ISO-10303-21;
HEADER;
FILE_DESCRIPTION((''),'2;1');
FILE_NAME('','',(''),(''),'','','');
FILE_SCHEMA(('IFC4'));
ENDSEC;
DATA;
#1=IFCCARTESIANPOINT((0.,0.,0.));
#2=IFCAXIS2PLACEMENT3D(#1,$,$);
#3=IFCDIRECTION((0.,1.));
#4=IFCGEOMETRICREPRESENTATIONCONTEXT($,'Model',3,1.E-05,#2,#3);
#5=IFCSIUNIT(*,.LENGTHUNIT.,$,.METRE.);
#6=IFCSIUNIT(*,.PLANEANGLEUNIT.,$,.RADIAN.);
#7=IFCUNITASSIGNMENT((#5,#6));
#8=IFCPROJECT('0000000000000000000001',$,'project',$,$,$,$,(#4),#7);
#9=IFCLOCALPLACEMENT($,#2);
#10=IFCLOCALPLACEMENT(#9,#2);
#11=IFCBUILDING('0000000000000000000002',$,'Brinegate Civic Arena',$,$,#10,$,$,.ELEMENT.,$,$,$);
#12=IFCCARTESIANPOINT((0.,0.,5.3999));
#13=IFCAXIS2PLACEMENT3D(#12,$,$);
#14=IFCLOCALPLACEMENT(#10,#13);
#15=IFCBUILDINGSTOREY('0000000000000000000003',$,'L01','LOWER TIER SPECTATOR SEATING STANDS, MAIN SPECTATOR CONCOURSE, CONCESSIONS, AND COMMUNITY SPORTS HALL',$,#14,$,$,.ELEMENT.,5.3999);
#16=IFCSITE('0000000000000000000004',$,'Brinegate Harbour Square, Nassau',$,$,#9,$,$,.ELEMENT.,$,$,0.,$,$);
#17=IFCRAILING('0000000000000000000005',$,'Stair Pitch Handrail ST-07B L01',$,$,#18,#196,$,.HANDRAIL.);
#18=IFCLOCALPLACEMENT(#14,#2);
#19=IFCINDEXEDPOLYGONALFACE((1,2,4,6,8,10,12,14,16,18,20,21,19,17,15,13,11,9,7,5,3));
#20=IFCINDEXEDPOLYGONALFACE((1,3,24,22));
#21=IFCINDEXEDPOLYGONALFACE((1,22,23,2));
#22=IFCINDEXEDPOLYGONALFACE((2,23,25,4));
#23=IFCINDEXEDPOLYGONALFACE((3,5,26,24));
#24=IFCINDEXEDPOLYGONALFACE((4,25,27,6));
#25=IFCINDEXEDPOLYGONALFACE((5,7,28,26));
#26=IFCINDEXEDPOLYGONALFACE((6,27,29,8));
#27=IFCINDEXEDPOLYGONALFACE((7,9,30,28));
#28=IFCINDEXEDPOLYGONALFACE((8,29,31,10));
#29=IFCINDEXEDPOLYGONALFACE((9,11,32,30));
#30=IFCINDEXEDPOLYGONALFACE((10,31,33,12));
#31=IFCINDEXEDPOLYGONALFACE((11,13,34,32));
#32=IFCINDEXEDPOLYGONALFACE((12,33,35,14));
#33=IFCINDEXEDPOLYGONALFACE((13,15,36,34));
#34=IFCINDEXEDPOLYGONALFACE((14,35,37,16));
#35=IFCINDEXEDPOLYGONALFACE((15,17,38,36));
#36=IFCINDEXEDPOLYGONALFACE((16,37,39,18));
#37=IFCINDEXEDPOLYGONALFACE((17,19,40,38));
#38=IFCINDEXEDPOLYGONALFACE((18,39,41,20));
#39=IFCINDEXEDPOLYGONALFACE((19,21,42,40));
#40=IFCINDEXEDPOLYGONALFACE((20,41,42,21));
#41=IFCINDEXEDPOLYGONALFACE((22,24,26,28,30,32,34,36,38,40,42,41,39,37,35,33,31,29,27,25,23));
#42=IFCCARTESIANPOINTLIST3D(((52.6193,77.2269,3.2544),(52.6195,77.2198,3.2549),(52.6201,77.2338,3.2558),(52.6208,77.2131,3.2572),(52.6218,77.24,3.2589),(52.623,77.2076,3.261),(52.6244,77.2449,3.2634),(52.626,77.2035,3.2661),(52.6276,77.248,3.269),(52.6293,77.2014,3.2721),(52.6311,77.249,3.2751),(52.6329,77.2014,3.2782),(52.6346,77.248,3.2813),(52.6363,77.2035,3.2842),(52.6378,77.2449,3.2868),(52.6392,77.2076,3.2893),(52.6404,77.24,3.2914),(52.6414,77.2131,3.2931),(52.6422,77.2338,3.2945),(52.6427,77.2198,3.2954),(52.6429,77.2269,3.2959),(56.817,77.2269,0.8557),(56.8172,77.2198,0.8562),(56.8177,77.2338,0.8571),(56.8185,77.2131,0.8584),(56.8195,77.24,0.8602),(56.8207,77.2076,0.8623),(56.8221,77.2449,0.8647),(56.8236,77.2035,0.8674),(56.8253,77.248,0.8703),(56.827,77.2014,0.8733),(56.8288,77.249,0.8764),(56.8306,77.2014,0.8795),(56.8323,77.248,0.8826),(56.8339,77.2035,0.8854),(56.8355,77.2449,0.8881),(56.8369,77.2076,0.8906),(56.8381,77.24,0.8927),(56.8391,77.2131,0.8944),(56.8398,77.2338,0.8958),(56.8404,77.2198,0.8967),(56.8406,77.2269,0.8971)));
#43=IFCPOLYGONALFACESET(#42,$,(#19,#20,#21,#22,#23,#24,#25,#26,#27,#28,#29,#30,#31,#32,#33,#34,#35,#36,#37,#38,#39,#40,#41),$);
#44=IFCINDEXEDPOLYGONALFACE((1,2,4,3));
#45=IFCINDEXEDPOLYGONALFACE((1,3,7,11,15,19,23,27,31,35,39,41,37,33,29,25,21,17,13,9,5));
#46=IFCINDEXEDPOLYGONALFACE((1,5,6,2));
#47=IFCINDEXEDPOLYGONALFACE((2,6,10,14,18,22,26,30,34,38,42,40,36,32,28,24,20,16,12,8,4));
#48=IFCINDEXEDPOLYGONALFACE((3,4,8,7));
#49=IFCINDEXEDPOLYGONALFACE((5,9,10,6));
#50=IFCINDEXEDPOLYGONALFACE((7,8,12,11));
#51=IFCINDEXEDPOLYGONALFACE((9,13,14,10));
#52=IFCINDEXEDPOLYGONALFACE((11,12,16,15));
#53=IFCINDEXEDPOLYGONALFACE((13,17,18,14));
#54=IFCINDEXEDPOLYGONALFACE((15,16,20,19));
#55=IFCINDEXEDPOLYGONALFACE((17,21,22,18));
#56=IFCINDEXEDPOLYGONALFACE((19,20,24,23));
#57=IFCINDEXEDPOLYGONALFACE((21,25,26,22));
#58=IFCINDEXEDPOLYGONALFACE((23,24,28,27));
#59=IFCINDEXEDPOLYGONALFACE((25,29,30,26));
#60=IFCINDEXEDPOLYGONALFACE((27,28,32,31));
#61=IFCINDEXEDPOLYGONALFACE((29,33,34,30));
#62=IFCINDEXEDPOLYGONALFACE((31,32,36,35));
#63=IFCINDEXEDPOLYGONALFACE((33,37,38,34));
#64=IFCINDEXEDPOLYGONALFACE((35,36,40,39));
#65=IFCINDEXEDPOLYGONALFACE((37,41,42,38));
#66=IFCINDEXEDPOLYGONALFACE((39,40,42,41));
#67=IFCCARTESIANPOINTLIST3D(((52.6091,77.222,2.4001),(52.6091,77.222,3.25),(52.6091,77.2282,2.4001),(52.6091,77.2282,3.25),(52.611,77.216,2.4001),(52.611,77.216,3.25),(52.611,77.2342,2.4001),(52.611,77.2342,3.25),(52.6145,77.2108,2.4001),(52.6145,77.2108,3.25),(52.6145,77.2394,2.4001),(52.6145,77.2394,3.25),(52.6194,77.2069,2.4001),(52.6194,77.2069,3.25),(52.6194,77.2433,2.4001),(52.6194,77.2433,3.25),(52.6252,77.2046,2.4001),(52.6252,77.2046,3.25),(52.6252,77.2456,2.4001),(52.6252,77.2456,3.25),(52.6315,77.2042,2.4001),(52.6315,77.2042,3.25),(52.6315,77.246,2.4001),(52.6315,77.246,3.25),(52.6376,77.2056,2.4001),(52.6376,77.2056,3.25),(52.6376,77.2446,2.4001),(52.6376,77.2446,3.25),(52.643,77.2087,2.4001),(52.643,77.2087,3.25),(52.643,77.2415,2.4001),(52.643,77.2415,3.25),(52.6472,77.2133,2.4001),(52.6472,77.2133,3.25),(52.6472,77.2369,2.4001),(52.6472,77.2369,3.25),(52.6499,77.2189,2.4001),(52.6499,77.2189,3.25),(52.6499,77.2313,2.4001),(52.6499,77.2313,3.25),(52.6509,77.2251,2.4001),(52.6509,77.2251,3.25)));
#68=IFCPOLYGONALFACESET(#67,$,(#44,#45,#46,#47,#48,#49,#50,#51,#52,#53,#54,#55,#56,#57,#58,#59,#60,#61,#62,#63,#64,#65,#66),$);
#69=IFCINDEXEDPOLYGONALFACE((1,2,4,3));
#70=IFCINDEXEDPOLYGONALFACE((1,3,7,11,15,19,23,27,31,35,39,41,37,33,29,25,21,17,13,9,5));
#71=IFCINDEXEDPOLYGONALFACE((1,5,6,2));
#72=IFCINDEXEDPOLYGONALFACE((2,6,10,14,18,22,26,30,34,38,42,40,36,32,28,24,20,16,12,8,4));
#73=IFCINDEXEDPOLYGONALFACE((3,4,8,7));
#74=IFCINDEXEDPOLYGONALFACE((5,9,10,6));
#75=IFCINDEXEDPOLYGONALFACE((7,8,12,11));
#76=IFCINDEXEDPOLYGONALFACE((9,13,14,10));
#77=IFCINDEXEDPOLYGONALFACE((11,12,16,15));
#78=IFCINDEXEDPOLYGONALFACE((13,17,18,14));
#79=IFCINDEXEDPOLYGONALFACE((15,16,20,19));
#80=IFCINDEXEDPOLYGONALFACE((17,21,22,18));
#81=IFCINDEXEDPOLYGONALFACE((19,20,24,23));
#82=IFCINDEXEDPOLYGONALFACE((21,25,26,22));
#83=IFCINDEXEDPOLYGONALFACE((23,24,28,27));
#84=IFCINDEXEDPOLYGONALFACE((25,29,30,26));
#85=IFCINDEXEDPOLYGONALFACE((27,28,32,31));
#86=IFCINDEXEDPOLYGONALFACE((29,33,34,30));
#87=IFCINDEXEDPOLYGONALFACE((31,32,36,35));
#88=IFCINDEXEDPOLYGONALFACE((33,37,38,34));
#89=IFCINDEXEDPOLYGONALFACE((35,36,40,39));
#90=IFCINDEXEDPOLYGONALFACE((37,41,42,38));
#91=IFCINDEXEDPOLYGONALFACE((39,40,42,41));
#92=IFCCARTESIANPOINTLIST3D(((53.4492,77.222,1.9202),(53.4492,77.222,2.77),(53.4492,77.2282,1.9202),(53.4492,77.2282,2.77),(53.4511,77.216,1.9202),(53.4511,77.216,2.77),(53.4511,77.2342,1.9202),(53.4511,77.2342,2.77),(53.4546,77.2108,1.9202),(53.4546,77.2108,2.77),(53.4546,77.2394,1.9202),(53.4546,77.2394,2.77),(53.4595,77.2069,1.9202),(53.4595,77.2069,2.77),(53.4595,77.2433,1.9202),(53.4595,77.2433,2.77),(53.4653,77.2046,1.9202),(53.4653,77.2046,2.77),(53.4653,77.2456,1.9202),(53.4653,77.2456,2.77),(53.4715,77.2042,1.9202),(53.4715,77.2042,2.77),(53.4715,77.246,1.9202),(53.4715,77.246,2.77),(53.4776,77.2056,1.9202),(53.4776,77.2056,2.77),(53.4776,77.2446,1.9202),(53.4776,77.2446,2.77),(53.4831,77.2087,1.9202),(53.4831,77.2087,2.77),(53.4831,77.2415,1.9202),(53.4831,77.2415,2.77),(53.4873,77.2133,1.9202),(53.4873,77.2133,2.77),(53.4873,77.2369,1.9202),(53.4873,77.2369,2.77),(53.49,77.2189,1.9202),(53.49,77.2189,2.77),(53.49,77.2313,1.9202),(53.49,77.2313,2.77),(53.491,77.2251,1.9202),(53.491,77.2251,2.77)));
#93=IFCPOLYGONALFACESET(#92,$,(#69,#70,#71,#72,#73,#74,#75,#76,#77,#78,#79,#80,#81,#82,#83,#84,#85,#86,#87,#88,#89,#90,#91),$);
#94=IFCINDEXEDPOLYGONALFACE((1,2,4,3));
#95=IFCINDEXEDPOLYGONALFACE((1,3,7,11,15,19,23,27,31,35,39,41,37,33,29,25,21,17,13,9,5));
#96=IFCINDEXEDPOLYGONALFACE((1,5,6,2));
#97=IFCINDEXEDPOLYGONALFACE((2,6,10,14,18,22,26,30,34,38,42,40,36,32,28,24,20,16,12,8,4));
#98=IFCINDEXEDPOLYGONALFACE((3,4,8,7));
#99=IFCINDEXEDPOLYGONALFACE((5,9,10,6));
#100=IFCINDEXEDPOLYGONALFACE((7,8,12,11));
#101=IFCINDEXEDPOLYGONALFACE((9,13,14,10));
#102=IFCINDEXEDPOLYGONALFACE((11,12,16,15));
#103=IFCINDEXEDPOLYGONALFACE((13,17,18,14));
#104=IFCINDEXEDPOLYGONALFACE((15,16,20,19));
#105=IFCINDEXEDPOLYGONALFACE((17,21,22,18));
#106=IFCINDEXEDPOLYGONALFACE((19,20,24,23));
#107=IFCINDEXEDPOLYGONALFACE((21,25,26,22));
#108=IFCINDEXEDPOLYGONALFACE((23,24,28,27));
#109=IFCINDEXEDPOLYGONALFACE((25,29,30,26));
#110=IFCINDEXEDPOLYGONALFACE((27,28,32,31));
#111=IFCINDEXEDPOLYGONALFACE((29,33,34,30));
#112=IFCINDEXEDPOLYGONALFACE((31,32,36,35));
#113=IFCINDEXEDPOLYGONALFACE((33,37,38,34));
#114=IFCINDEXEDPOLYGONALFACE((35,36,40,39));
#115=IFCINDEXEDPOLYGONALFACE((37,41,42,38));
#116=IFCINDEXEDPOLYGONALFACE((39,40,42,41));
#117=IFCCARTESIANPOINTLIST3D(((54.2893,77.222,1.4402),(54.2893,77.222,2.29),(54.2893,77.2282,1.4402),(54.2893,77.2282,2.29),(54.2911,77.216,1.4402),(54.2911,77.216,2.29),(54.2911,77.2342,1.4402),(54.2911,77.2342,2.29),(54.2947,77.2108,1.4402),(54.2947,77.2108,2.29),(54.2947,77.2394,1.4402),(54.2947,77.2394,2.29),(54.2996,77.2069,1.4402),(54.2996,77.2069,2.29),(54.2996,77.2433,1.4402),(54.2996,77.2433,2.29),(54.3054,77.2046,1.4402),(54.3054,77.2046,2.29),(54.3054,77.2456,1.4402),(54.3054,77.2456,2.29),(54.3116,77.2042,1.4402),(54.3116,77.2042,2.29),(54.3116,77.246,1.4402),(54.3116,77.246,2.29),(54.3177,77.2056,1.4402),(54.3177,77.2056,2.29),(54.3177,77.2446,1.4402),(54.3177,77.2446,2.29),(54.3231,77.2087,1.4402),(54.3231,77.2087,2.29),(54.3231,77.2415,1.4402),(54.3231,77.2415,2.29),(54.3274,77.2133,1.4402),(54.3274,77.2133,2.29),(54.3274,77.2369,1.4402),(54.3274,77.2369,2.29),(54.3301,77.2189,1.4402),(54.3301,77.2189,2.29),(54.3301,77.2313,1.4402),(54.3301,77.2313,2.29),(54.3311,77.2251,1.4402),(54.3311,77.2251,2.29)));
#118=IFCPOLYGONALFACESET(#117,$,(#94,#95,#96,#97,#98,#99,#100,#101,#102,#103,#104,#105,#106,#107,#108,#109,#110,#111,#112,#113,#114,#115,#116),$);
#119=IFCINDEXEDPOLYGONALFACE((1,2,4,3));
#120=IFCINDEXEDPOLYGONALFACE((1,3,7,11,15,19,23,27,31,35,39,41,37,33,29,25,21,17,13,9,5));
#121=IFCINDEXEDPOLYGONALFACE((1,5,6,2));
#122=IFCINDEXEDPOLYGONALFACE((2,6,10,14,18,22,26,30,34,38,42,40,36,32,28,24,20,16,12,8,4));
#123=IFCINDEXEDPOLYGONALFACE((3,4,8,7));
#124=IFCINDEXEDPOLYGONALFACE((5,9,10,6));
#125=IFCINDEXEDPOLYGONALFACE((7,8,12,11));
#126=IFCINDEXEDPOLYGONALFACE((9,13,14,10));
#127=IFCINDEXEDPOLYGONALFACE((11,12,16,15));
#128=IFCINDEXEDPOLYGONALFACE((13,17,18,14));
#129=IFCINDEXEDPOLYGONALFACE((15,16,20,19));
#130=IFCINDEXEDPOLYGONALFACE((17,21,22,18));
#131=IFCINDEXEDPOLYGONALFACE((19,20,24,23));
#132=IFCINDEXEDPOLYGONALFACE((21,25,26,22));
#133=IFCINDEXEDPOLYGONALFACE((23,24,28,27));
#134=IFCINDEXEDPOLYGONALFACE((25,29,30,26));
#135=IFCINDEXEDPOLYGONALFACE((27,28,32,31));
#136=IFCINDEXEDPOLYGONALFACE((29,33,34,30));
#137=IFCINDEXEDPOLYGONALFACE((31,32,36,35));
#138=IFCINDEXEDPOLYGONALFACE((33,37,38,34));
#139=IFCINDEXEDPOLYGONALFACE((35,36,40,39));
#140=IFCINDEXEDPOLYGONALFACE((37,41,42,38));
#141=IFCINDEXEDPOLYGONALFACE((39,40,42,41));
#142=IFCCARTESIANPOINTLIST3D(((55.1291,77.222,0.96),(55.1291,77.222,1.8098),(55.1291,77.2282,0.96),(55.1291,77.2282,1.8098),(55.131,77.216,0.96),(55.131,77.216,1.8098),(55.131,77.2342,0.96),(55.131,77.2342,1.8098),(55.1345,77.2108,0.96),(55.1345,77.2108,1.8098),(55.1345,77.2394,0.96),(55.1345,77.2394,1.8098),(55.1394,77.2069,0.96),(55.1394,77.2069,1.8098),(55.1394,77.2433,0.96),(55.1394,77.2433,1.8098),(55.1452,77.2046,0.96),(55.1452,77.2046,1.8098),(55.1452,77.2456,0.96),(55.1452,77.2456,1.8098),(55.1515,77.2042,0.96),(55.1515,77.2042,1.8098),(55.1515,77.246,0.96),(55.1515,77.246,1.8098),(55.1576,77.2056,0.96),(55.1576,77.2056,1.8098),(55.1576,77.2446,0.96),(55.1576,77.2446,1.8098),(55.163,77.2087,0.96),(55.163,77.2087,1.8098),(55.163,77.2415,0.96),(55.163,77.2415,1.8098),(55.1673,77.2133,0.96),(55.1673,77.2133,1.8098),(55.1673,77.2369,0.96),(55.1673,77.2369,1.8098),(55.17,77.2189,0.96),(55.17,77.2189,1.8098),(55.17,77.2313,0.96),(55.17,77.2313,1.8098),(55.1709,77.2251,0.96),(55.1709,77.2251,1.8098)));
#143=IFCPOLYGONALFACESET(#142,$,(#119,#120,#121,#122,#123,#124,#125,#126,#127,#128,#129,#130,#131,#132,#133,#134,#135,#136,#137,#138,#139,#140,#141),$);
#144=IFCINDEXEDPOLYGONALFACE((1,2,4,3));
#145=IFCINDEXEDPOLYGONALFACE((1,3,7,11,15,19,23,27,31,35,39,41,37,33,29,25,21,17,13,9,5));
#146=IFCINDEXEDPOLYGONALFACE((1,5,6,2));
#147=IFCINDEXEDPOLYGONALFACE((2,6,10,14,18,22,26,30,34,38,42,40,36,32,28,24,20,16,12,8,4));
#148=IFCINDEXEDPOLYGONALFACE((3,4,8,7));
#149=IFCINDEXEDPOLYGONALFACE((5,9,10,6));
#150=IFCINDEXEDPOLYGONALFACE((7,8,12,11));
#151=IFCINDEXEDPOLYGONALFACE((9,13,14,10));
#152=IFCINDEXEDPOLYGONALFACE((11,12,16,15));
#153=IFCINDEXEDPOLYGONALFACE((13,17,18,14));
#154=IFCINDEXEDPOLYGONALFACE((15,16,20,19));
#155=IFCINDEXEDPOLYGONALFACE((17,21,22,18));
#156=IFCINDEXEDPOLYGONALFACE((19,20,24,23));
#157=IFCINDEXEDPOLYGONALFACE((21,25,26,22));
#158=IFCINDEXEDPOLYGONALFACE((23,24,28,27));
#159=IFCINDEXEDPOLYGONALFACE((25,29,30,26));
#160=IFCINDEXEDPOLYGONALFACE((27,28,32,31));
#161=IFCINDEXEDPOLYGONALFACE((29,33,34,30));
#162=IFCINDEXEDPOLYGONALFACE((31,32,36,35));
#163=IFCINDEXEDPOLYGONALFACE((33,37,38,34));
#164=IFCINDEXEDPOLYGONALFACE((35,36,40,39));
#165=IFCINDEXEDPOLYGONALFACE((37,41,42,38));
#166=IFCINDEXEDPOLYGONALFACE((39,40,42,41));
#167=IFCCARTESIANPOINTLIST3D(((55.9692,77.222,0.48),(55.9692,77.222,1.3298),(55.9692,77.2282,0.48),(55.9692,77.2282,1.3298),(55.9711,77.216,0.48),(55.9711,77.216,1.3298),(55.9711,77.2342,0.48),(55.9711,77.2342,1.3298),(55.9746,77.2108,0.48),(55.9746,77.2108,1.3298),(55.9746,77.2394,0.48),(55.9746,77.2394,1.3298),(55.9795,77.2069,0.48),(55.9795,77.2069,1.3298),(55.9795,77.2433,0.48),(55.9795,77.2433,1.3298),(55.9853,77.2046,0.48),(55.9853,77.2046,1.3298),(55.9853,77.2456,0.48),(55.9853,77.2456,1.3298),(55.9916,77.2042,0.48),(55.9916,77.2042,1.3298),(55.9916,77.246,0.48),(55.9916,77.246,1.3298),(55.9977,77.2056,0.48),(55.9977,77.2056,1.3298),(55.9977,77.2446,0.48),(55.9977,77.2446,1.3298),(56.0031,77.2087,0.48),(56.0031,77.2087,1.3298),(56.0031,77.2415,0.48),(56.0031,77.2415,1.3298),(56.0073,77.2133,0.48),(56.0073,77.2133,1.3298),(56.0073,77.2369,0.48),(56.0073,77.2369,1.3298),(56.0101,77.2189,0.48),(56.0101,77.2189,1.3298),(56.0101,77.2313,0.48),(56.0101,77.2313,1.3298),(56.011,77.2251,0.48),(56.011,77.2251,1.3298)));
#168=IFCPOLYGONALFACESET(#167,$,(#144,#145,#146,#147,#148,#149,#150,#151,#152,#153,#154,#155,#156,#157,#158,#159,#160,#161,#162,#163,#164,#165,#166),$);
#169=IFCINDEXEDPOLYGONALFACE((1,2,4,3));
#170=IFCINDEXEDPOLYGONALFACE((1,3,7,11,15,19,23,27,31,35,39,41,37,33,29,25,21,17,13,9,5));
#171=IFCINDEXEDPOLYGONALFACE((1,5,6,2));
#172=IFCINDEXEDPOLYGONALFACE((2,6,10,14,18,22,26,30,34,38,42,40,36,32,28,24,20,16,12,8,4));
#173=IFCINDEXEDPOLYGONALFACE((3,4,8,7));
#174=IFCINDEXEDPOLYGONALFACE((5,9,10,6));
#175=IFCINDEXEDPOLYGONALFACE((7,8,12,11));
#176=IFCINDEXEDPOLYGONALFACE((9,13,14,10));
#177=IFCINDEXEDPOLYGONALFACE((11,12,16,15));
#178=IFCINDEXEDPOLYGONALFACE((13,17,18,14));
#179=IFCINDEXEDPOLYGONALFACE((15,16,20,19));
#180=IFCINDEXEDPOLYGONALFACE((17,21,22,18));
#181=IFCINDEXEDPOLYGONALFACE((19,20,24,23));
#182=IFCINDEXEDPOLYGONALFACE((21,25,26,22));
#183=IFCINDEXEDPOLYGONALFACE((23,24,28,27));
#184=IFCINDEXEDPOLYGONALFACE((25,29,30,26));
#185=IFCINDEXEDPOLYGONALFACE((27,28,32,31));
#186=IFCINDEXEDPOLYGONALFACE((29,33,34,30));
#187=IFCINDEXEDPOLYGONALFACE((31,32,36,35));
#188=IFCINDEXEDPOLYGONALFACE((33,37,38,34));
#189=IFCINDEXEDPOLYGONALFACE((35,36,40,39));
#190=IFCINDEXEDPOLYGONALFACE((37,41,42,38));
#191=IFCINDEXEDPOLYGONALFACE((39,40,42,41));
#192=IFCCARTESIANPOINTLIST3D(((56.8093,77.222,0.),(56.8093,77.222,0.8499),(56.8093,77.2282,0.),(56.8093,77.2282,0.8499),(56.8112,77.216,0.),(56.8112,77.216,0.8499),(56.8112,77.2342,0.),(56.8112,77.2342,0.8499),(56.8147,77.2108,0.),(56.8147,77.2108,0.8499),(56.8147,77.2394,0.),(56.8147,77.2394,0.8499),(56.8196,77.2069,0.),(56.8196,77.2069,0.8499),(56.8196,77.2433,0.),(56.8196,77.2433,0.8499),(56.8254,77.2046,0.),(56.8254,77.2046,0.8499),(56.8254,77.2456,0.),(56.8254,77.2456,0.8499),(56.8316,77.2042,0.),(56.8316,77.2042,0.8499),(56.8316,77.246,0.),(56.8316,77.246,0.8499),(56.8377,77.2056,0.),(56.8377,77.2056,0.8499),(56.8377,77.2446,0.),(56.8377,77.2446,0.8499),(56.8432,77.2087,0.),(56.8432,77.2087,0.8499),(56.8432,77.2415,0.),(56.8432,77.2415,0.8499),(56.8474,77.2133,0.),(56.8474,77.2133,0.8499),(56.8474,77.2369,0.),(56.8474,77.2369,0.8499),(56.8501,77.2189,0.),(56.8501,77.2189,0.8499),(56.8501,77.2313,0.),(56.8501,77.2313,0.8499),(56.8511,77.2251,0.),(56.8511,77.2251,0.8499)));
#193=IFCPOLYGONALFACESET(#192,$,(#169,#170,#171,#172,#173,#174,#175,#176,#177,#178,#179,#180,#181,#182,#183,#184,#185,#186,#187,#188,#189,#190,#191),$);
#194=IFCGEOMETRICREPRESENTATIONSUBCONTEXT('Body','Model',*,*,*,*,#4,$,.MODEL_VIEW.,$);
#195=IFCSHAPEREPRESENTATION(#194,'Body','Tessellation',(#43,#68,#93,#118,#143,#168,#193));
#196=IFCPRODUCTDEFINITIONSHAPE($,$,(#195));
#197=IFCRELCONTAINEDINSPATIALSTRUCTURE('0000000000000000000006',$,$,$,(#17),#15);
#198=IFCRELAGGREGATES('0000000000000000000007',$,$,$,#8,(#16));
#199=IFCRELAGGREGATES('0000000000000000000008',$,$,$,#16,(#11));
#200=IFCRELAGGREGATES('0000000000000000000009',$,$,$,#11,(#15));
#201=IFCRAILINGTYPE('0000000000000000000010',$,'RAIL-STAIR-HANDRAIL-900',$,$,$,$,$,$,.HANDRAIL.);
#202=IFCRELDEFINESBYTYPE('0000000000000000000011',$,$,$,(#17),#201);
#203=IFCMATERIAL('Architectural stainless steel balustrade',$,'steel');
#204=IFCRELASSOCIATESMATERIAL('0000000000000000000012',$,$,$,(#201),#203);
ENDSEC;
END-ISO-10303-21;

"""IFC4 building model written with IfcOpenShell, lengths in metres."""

from ifc_helpers import new_model, si_unit, direction, frame, origin, origin_2d, place, context, subcontext, project, spatial, circle, extrude, material, type_object, element, save


model = new_model("IFC4")

# Units and contexts
model_context = context("Model", 3, precision=1e-05, world=origin(), true_north=direction((0.0, 1.0)))
body_context = subcontext(model_context, "Body", "Model", "MODEL_VIEW")
ifc_project = project(units=[si_unit("LENGTHUNIT", "METRE"), si_unit("PLANEANGLEUNIT", "RADIAN")], contexts=[model_context])

# Site, building, storey
site_placement = place(None, origin())
site = spatial("IfcSite", under=ifc_project, at=site_placement, Name="Brinegate Harbour Square, Nassau", CompositionType="ELEMENT", RefElevation=0.0)
building_placement = place(site_placement, origin())
building = spatial("IfcBuilding", under=site, at=building_placement, Name="Brinegate Civic Arena", CompositionType="ELEMENT")
storey_placement = place(building_placement, frame((0.0, 0.0, 5.3999)))
storey = spatial("IfcBuildingStorey", under=building, at=storey_placement, Name="L01", Description="LOWER TIER SPECTATOR SEATING STANDS, MAIN SPECTATOR CONCOURSE, CONCESSIONS, AND COMMUNITY SPORTS HALL", CompositionType="ELEMENT", Elevation=5.3999)

# Railing
ifc_material_1 = material(Name="Architectural stainless steel balustrade", Category="steel")
railing_type_1 = type_object("IfcRailingType", Name="RAIL-STAIR-HANDRAIL-900", PredefinedType="HANDRAIL", material=ifc_material_1)
for number, where, name in (
    (1, (52.6299, 77.2251, 2.4001), "Stair Pitch Handrail ST-07B L01"),
):
    element("IfcRailing", number, at=place(storey_placement, frame(where)), inside=storey, type_object=railing_type_1, Name=name, PredefinedType="HANDRAIL", context=body_context, shape_type="SweptSolid", body=[
        extrude(circle(Radius=0.0239, at=origin_2d()), frame((0.0012, 0.0, 0.875), z_axis=(0.86824, 0.0, -0.496144), x_axis=(0.0, 1.0, 0.0)), (0.0, 0.0, 1.0), 4.8347),
        extrude(circle(Radius=0.021, at=origin_2d()), origin(), (0.0, 0.0, 1.0), 0.8499),
        extrude(circle(Radius=0.021, at=origin_2d()), frame((0.8401, 0.0, -0.48)), (0.0, 0.0, 1.0), 0.8499),
        extrude(circle(Radius=0.021, at=origin_2d()), frame((1.6802, 0.0, -0.96)), (0.0, 0.0, 1.0), 0.8499),
        extrude(circle(Radius=0.021, at=origin_2d()), frame((2.52, 0.0, -1.4402)), (0.0, 0.0, 1.0), 0.8499),
        extrude(circle(Radius=0.021, at=origin_2d()), frame((3.3601, 0.0, -1.9202)), (0.0, 0.0, 1.0), 0.8499),
        extrude(circle(Radius=0.021, at=origin_2d()), frame((4.2002, 0.0, -2.4001)), (0.0, 0.0, 1.0), 0.8499),
    ])

save(model, "model.ifc")
